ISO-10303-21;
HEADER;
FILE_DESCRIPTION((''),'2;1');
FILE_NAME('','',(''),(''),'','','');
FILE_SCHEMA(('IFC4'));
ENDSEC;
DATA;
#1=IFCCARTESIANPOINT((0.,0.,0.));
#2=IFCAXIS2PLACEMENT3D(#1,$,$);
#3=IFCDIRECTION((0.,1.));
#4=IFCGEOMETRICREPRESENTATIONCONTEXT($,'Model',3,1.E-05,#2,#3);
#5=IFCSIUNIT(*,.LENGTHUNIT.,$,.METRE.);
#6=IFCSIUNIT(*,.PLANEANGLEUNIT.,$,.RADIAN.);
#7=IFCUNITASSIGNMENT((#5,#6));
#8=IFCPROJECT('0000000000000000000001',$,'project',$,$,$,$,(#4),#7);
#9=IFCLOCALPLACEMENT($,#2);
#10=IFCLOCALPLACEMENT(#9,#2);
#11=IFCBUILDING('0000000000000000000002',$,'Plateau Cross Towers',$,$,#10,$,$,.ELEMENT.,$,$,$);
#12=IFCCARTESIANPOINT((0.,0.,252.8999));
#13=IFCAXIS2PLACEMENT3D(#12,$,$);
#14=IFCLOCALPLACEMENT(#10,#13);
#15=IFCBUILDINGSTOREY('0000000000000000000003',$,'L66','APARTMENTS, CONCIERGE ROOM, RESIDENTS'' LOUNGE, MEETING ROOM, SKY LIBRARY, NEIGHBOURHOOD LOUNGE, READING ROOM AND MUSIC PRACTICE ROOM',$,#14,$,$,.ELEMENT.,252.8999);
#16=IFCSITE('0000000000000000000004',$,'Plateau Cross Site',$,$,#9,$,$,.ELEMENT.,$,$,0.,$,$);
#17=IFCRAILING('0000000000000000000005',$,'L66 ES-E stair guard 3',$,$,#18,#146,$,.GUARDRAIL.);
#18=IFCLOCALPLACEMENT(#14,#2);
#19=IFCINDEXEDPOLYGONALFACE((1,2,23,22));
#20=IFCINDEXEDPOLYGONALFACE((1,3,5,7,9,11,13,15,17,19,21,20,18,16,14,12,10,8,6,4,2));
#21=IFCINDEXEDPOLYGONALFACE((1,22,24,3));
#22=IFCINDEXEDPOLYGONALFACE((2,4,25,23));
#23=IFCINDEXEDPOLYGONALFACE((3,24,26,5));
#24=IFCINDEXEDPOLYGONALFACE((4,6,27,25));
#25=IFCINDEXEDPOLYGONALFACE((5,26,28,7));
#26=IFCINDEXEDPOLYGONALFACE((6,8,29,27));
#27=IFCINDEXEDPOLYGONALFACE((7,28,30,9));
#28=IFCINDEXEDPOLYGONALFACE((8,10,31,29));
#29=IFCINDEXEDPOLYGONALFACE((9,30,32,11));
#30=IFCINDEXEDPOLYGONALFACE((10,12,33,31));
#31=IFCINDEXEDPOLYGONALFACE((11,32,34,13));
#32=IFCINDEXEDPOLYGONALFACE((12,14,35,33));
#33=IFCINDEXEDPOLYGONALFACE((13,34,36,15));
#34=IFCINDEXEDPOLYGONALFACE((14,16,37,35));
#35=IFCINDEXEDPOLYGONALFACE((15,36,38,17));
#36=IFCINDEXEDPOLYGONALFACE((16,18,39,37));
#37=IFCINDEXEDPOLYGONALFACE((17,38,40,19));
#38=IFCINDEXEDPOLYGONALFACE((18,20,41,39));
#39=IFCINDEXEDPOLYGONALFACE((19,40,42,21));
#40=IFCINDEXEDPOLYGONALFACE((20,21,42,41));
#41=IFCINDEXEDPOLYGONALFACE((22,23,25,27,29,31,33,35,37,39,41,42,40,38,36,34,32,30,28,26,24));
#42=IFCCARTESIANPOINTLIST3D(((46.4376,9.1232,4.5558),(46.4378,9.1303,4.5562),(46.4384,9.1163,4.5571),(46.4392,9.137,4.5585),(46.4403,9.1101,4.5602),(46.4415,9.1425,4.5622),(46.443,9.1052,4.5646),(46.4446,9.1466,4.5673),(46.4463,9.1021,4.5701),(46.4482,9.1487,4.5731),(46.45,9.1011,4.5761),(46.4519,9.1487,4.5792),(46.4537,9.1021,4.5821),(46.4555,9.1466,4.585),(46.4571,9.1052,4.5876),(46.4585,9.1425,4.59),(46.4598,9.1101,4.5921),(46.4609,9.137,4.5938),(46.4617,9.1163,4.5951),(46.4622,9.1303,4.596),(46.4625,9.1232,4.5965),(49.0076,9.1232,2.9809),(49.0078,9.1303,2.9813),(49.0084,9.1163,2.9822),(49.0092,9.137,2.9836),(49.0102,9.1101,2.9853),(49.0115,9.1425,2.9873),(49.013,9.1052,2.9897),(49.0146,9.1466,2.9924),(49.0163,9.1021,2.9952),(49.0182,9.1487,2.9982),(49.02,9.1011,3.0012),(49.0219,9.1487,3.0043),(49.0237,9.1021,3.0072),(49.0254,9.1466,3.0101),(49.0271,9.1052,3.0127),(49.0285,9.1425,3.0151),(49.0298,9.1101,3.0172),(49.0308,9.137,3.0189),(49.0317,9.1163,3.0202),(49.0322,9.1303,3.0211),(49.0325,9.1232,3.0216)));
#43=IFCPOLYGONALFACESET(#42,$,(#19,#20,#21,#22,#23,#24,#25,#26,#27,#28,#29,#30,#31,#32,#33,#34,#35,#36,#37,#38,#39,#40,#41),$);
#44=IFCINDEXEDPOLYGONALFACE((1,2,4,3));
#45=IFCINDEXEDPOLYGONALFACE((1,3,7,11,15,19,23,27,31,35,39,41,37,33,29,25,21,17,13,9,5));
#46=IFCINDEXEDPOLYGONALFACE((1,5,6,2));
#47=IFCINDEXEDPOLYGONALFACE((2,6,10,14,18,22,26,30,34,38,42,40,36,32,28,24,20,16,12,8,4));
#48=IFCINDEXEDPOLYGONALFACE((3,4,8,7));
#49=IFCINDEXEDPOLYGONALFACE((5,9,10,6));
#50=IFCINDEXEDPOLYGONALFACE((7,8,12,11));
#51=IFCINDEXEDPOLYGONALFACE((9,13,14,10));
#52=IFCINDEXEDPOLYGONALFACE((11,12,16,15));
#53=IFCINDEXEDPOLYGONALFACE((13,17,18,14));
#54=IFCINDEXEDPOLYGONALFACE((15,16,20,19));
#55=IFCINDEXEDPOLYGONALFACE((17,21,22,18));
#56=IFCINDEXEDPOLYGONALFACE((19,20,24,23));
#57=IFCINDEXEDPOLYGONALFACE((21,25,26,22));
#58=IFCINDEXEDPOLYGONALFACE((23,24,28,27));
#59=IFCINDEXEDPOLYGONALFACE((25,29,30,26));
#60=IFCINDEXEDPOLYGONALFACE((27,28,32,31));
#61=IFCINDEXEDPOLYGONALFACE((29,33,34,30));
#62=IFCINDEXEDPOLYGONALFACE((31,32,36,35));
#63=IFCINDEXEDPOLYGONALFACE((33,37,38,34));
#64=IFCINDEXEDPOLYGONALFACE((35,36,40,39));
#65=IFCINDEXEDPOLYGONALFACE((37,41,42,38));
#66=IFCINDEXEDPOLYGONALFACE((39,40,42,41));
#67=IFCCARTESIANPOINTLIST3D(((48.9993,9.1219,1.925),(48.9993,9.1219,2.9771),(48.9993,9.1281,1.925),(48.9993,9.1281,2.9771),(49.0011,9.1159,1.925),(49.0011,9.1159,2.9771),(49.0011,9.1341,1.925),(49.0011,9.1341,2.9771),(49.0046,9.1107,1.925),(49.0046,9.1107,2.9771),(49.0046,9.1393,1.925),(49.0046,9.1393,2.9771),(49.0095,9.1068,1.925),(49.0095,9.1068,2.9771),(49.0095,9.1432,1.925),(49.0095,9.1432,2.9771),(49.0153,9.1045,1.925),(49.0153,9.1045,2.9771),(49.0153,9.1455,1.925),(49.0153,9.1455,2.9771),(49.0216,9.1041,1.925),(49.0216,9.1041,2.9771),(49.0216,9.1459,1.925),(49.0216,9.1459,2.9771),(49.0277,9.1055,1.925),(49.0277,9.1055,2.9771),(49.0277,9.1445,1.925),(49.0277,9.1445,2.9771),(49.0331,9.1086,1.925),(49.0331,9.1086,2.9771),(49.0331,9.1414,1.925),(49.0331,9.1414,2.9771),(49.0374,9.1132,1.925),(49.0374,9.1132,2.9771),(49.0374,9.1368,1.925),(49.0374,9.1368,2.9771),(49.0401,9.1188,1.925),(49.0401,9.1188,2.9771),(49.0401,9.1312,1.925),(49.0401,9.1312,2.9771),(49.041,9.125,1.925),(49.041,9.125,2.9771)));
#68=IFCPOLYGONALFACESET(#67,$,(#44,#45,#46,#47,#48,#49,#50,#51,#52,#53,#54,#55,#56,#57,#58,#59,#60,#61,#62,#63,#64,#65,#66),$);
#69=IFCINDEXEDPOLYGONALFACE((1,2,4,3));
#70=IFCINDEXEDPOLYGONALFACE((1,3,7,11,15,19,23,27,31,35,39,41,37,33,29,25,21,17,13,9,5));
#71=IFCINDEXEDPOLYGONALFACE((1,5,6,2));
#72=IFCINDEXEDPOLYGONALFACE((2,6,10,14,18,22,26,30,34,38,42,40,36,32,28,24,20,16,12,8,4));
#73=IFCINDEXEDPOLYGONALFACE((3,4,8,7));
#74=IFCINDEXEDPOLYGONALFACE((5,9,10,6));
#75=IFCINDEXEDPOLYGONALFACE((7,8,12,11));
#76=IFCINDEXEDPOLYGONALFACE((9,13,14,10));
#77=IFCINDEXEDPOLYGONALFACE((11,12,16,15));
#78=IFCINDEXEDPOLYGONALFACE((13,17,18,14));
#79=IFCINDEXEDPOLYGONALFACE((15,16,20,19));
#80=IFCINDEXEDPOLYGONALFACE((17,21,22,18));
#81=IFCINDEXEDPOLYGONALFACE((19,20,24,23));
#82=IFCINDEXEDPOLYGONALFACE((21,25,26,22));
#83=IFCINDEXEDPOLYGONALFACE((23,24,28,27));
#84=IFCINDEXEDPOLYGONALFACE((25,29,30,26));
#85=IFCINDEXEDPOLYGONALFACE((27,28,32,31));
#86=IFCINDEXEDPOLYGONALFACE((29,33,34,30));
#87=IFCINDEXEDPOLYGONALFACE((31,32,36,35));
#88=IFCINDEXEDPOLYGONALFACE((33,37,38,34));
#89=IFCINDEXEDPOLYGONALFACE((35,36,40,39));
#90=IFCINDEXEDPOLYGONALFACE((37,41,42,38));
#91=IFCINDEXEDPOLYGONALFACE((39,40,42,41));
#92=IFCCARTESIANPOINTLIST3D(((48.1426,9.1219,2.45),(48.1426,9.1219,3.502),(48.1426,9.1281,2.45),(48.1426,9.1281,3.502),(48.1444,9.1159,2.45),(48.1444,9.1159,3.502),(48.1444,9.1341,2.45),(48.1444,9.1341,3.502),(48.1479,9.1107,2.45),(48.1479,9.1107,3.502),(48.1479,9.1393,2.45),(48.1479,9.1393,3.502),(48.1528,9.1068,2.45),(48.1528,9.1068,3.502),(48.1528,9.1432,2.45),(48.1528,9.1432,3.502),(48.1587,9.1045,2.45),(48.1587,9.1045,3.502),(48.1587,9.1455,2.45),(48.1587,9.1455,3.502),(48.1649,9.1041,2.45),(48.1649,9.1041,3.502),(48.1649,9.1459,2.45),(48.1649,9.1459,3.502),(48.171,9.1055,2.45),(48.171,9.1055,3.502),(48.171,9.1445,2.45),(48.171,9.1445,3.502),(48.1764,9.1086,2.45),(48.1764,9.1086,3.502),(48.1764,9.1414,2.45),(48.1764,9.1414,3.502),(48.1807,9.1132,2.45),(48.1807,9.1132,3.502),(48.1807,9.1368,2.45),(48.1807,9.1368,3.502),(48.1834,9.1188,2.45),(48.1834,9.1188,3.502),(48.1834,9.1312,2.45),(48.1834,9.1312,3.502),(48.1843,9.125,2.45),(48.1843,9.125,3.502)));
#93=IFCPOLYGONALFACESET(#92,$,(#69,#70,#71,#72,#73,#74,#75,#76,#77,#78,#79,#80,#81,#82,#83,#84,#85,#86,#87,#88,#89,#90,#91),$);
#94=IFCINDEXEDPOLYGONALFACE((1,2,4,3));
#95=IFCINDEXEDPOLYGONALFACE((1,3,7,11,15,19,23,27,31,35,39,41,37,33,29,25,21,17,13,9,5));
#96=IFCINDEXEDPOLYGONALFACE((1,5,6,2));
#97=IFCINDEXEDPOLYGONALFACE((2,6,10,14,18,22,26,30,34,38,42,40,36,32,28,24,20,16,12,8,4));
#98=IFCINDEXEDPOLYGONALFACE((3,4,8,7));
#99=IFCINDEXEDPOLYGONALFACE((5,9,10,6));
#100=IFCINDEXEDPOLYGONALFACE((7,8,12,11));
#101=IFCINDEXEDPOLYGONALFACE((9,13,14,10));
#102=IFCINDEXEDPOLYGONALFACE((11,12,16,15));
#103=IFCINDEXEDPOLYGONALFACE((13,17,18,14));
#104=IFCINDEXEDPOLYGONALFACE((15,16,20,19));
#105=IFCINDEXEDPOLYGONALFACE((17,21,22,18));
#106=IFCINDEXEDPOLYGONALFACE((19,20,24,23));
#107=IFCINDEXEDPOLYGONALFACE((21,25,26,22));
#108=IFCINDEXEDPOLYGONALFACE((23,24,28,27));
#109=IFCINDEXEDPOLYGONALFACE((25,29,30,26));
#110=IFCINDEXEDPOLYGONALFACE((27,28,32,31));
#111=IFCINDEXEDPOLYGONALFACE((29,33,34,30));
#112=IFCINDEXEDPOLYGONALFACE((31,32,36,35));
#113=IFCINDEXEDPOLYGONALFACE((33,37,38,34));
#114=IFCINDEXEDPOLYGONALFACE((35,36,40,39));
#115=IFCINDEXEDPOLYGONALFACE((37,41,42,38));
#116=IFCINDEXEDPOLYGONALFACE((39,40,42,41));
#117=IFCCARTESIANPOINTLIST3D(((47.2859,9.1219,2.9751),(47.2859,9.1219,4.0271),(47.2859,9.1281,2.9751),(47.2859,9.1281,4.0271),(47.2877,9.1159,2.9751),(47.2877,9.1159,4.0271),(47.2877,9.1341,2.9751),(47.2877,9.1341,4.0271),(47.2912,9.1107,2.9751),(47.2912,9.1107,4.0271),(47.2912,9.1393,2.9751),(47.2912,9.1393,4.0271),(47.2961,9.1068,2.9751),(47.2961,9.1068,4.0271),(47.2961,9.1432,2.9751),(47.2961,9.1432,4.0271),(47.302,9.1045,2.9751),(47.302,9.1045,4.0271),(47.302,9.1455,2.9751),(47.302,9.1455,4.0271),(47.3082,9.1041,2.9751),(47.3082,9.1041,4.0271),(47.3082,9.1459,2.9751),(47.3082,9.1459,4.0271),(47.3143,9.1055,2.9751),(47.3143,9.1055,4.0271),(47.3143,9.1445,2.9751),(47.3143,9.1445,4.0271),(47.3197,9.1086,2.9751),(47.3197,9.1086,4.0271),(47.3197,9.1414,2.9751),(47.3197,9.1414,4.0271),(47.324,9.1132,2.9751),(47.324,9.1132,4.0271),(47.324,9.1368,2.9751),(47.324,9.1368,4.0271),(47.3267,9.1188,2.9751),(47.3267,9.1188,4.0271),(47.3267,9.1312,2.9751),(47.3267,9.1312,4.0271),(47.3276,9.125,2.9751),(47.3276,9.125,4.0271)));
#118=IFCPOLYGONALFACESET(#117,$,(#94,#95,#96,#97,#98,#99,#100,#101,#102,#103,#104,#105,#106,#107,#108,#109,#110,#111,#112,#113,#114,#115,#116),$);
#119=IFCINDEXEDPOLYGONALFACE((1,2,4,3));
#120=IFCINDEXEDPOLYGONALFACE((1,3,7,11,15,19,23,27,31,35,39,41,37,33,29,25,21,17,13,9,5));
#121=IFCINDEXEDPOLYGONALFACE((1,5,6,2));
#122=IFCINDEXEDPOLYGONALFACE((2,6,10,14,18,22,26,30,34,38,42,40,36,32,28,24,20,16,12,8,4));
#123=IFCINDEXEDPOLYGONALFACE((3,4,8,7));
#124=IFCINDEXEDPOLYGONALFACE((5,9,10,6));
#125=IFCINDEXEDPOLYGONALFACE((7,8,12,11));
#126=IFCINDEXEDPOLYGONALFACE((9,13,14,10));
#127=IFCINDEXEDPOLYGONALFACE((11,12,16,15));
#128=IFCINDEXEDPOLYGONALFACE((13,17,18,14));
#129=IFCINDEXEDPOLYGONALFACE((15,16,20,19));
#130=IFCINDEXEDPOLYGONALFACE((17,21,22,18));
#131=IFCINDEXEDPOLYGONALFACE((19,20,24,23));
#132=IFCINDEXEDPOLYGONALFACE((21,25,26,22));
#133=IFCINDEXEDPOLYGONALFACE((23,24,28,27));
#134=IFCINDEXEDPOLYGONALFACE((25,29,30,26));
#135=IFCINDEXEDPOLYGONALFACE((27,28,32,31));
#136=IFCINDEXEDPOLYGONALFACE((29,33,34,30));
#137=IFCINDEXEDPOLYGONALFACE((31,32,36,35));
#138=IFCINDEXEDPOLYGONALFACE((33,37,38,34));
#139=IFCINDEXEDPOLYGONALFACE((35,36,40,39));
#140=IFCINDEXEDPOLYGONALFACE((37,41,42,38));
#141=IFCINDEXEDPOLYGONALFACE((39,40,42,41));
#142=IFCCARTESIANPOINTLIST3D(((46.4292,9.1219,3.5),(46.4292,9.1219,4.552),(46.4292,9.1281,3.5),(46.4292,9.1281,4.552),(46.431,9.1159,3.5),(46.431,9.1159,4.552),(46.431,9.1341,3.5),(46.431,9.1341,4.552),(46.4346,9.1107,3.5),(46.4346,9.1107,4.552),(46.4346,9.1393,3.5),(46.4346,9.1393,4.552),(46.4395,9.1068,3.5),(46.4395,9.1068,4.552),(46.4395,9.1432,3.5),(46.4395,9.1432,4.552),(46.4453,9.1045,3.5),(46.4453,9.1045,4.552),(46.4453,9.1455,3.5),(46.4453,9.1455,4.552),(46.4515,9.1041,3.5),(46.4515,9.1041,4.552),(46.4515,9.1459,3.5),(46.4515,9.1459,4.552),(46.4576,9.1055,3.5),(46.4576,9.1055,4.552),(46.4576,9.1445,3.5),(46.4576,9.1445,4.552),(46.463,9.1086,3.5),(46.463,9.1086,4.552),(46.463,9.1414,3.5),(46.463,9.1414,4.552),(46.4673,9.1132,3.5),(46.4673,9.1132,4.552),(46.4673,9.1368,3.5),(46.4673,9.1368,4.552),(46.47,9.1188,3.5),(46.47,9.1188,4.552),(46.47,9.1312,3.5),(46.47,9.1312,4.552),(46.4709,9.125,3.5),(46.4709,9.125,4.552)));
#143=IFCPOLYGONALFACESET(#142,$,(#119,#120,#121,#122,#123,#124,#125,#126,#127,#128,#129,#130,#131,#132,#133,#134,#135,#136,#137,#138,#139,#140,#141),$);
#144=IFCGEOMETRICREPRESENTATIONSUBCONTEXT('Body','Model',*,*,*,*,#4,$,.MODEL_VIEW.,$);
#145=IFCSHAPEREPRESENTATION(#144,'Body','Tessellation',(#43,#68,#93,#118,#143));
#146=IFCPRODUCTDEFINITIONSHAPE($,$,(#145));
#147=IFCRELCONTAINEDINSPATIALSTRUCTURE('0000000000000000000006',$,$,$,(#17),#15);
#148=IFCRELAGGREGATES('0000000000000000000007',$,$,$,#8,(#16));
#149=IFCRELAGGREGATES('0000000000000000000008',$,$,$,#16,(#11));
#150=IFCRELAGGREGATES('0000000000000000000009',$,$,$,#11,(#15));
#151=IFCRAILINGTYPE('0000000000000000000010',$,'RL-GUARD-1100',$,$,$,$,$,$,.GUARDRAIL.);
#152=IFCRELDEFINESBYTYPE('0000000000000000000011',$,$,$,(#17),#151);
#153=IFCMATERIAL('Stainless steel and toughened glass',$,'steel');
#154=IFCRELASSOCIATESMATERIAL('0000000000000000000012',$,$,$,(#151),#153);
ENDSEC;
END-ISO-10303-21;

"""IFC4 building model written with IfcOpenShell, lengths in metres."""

from ifc_helpers import new_model, si_unit, direction, frame, origin, origin_2d, place, context, subcontext, project, spatial, circle, extrude, material, type_object, element, save


model = new_model("IFC4")

# Units and contexts
model_context = context("Model", 3, precision=1e-05, world=origin(), true_north=direction((0.0, 1.0)))
body_context = subcontext(model_context, "Body", "Model", "MODEL_VIEW")
ifc_project = project(units=[si_unit("LENGTHUNIT", "METRE"), si_unit("PLANEANGLEUNIT", "RADIAN")], contexts=[model_context])

# Site, building, storey
site_placement = place(None, origin())
site = spatial("IfcSite", under=ifc_project, at=site_placement, Name="Plateau Cross Site", CompositionType="ELEMENT", RefElevation=0.0)
building_placement = place(site_placement, origin())
building = spatial("IfcBuilding", under=site, at=building_placement, Name="Plateau Cross Towers", CompositionType="ELEMENT")
storey_placement = place(building_placement, frame((0.0, 0.0, 252.8999)))
storey = spatial("IfcBuildingStorey", under=building, at=storey_placement, Name="L66", Description="APARTMENTS, CONCIERGE ROOM, RESIDENTS' LOUNGE, MEETING ROOM, SKY LIBRARY, NEIGHBOURHOOD LOUNGE, READING ROOM AND MUSIC PRACTICE ROOM", CompositionType="ELEMENT", Elevation=252.8999)

# Railing
ifc_material_1 = material(Name="Stainless steel and toughened glass", Category="steel")
railing_type_1 = type_object("IfcRailingType", Name="RL-GUARD-1100", PredefinedType="GUARDRAIL", material=ifc_material_1)
railing_1_placement = place(storey_placement, frame((49.02, 9.125, 1.925)))
element("IfcRailing", 1, at=railing_1_placement, inside=storey, type_object=railing_type_1, Name="L66 ES-E stair guard 3", PredefinedType="GUARDRAIL", context=body_context, shape_type="SweptSolid", body=[
    extrude(circle(Radius=0.0239, at=origin_2d()), frame((0.0, 0.0, 1.0762), z_axis=(-0.852639, 0.0, 0.522501), x_axis=(0.0, -1.0, 0.0)), (0.0, 0.0, 1.0), 3.0142),
    extrude(circle(Radius=0.021, at=origin_2d()), origin(), (0.0, 0.0, 1.0), 1.052),
    extrude(circle(Radius=0.021, at=origin_2d()), frame((-0.8567, 0.0, 0.5249)), (0.0, 0.0, 1.0), 1.052),
    extrude(circle(Radius=0.021, at=origin_2d()), frame((-1.7134, 0.0, 1.05)), (0.0, 0.0, 1.0), 1.052),
    extrude(circle(Radius=0.021, at=origin_2d()), frame((-2.5701, 0.0, 1.575)), (0.0, 0.0, 1.0), 1.052),
])

save(model, "model.ifc")
